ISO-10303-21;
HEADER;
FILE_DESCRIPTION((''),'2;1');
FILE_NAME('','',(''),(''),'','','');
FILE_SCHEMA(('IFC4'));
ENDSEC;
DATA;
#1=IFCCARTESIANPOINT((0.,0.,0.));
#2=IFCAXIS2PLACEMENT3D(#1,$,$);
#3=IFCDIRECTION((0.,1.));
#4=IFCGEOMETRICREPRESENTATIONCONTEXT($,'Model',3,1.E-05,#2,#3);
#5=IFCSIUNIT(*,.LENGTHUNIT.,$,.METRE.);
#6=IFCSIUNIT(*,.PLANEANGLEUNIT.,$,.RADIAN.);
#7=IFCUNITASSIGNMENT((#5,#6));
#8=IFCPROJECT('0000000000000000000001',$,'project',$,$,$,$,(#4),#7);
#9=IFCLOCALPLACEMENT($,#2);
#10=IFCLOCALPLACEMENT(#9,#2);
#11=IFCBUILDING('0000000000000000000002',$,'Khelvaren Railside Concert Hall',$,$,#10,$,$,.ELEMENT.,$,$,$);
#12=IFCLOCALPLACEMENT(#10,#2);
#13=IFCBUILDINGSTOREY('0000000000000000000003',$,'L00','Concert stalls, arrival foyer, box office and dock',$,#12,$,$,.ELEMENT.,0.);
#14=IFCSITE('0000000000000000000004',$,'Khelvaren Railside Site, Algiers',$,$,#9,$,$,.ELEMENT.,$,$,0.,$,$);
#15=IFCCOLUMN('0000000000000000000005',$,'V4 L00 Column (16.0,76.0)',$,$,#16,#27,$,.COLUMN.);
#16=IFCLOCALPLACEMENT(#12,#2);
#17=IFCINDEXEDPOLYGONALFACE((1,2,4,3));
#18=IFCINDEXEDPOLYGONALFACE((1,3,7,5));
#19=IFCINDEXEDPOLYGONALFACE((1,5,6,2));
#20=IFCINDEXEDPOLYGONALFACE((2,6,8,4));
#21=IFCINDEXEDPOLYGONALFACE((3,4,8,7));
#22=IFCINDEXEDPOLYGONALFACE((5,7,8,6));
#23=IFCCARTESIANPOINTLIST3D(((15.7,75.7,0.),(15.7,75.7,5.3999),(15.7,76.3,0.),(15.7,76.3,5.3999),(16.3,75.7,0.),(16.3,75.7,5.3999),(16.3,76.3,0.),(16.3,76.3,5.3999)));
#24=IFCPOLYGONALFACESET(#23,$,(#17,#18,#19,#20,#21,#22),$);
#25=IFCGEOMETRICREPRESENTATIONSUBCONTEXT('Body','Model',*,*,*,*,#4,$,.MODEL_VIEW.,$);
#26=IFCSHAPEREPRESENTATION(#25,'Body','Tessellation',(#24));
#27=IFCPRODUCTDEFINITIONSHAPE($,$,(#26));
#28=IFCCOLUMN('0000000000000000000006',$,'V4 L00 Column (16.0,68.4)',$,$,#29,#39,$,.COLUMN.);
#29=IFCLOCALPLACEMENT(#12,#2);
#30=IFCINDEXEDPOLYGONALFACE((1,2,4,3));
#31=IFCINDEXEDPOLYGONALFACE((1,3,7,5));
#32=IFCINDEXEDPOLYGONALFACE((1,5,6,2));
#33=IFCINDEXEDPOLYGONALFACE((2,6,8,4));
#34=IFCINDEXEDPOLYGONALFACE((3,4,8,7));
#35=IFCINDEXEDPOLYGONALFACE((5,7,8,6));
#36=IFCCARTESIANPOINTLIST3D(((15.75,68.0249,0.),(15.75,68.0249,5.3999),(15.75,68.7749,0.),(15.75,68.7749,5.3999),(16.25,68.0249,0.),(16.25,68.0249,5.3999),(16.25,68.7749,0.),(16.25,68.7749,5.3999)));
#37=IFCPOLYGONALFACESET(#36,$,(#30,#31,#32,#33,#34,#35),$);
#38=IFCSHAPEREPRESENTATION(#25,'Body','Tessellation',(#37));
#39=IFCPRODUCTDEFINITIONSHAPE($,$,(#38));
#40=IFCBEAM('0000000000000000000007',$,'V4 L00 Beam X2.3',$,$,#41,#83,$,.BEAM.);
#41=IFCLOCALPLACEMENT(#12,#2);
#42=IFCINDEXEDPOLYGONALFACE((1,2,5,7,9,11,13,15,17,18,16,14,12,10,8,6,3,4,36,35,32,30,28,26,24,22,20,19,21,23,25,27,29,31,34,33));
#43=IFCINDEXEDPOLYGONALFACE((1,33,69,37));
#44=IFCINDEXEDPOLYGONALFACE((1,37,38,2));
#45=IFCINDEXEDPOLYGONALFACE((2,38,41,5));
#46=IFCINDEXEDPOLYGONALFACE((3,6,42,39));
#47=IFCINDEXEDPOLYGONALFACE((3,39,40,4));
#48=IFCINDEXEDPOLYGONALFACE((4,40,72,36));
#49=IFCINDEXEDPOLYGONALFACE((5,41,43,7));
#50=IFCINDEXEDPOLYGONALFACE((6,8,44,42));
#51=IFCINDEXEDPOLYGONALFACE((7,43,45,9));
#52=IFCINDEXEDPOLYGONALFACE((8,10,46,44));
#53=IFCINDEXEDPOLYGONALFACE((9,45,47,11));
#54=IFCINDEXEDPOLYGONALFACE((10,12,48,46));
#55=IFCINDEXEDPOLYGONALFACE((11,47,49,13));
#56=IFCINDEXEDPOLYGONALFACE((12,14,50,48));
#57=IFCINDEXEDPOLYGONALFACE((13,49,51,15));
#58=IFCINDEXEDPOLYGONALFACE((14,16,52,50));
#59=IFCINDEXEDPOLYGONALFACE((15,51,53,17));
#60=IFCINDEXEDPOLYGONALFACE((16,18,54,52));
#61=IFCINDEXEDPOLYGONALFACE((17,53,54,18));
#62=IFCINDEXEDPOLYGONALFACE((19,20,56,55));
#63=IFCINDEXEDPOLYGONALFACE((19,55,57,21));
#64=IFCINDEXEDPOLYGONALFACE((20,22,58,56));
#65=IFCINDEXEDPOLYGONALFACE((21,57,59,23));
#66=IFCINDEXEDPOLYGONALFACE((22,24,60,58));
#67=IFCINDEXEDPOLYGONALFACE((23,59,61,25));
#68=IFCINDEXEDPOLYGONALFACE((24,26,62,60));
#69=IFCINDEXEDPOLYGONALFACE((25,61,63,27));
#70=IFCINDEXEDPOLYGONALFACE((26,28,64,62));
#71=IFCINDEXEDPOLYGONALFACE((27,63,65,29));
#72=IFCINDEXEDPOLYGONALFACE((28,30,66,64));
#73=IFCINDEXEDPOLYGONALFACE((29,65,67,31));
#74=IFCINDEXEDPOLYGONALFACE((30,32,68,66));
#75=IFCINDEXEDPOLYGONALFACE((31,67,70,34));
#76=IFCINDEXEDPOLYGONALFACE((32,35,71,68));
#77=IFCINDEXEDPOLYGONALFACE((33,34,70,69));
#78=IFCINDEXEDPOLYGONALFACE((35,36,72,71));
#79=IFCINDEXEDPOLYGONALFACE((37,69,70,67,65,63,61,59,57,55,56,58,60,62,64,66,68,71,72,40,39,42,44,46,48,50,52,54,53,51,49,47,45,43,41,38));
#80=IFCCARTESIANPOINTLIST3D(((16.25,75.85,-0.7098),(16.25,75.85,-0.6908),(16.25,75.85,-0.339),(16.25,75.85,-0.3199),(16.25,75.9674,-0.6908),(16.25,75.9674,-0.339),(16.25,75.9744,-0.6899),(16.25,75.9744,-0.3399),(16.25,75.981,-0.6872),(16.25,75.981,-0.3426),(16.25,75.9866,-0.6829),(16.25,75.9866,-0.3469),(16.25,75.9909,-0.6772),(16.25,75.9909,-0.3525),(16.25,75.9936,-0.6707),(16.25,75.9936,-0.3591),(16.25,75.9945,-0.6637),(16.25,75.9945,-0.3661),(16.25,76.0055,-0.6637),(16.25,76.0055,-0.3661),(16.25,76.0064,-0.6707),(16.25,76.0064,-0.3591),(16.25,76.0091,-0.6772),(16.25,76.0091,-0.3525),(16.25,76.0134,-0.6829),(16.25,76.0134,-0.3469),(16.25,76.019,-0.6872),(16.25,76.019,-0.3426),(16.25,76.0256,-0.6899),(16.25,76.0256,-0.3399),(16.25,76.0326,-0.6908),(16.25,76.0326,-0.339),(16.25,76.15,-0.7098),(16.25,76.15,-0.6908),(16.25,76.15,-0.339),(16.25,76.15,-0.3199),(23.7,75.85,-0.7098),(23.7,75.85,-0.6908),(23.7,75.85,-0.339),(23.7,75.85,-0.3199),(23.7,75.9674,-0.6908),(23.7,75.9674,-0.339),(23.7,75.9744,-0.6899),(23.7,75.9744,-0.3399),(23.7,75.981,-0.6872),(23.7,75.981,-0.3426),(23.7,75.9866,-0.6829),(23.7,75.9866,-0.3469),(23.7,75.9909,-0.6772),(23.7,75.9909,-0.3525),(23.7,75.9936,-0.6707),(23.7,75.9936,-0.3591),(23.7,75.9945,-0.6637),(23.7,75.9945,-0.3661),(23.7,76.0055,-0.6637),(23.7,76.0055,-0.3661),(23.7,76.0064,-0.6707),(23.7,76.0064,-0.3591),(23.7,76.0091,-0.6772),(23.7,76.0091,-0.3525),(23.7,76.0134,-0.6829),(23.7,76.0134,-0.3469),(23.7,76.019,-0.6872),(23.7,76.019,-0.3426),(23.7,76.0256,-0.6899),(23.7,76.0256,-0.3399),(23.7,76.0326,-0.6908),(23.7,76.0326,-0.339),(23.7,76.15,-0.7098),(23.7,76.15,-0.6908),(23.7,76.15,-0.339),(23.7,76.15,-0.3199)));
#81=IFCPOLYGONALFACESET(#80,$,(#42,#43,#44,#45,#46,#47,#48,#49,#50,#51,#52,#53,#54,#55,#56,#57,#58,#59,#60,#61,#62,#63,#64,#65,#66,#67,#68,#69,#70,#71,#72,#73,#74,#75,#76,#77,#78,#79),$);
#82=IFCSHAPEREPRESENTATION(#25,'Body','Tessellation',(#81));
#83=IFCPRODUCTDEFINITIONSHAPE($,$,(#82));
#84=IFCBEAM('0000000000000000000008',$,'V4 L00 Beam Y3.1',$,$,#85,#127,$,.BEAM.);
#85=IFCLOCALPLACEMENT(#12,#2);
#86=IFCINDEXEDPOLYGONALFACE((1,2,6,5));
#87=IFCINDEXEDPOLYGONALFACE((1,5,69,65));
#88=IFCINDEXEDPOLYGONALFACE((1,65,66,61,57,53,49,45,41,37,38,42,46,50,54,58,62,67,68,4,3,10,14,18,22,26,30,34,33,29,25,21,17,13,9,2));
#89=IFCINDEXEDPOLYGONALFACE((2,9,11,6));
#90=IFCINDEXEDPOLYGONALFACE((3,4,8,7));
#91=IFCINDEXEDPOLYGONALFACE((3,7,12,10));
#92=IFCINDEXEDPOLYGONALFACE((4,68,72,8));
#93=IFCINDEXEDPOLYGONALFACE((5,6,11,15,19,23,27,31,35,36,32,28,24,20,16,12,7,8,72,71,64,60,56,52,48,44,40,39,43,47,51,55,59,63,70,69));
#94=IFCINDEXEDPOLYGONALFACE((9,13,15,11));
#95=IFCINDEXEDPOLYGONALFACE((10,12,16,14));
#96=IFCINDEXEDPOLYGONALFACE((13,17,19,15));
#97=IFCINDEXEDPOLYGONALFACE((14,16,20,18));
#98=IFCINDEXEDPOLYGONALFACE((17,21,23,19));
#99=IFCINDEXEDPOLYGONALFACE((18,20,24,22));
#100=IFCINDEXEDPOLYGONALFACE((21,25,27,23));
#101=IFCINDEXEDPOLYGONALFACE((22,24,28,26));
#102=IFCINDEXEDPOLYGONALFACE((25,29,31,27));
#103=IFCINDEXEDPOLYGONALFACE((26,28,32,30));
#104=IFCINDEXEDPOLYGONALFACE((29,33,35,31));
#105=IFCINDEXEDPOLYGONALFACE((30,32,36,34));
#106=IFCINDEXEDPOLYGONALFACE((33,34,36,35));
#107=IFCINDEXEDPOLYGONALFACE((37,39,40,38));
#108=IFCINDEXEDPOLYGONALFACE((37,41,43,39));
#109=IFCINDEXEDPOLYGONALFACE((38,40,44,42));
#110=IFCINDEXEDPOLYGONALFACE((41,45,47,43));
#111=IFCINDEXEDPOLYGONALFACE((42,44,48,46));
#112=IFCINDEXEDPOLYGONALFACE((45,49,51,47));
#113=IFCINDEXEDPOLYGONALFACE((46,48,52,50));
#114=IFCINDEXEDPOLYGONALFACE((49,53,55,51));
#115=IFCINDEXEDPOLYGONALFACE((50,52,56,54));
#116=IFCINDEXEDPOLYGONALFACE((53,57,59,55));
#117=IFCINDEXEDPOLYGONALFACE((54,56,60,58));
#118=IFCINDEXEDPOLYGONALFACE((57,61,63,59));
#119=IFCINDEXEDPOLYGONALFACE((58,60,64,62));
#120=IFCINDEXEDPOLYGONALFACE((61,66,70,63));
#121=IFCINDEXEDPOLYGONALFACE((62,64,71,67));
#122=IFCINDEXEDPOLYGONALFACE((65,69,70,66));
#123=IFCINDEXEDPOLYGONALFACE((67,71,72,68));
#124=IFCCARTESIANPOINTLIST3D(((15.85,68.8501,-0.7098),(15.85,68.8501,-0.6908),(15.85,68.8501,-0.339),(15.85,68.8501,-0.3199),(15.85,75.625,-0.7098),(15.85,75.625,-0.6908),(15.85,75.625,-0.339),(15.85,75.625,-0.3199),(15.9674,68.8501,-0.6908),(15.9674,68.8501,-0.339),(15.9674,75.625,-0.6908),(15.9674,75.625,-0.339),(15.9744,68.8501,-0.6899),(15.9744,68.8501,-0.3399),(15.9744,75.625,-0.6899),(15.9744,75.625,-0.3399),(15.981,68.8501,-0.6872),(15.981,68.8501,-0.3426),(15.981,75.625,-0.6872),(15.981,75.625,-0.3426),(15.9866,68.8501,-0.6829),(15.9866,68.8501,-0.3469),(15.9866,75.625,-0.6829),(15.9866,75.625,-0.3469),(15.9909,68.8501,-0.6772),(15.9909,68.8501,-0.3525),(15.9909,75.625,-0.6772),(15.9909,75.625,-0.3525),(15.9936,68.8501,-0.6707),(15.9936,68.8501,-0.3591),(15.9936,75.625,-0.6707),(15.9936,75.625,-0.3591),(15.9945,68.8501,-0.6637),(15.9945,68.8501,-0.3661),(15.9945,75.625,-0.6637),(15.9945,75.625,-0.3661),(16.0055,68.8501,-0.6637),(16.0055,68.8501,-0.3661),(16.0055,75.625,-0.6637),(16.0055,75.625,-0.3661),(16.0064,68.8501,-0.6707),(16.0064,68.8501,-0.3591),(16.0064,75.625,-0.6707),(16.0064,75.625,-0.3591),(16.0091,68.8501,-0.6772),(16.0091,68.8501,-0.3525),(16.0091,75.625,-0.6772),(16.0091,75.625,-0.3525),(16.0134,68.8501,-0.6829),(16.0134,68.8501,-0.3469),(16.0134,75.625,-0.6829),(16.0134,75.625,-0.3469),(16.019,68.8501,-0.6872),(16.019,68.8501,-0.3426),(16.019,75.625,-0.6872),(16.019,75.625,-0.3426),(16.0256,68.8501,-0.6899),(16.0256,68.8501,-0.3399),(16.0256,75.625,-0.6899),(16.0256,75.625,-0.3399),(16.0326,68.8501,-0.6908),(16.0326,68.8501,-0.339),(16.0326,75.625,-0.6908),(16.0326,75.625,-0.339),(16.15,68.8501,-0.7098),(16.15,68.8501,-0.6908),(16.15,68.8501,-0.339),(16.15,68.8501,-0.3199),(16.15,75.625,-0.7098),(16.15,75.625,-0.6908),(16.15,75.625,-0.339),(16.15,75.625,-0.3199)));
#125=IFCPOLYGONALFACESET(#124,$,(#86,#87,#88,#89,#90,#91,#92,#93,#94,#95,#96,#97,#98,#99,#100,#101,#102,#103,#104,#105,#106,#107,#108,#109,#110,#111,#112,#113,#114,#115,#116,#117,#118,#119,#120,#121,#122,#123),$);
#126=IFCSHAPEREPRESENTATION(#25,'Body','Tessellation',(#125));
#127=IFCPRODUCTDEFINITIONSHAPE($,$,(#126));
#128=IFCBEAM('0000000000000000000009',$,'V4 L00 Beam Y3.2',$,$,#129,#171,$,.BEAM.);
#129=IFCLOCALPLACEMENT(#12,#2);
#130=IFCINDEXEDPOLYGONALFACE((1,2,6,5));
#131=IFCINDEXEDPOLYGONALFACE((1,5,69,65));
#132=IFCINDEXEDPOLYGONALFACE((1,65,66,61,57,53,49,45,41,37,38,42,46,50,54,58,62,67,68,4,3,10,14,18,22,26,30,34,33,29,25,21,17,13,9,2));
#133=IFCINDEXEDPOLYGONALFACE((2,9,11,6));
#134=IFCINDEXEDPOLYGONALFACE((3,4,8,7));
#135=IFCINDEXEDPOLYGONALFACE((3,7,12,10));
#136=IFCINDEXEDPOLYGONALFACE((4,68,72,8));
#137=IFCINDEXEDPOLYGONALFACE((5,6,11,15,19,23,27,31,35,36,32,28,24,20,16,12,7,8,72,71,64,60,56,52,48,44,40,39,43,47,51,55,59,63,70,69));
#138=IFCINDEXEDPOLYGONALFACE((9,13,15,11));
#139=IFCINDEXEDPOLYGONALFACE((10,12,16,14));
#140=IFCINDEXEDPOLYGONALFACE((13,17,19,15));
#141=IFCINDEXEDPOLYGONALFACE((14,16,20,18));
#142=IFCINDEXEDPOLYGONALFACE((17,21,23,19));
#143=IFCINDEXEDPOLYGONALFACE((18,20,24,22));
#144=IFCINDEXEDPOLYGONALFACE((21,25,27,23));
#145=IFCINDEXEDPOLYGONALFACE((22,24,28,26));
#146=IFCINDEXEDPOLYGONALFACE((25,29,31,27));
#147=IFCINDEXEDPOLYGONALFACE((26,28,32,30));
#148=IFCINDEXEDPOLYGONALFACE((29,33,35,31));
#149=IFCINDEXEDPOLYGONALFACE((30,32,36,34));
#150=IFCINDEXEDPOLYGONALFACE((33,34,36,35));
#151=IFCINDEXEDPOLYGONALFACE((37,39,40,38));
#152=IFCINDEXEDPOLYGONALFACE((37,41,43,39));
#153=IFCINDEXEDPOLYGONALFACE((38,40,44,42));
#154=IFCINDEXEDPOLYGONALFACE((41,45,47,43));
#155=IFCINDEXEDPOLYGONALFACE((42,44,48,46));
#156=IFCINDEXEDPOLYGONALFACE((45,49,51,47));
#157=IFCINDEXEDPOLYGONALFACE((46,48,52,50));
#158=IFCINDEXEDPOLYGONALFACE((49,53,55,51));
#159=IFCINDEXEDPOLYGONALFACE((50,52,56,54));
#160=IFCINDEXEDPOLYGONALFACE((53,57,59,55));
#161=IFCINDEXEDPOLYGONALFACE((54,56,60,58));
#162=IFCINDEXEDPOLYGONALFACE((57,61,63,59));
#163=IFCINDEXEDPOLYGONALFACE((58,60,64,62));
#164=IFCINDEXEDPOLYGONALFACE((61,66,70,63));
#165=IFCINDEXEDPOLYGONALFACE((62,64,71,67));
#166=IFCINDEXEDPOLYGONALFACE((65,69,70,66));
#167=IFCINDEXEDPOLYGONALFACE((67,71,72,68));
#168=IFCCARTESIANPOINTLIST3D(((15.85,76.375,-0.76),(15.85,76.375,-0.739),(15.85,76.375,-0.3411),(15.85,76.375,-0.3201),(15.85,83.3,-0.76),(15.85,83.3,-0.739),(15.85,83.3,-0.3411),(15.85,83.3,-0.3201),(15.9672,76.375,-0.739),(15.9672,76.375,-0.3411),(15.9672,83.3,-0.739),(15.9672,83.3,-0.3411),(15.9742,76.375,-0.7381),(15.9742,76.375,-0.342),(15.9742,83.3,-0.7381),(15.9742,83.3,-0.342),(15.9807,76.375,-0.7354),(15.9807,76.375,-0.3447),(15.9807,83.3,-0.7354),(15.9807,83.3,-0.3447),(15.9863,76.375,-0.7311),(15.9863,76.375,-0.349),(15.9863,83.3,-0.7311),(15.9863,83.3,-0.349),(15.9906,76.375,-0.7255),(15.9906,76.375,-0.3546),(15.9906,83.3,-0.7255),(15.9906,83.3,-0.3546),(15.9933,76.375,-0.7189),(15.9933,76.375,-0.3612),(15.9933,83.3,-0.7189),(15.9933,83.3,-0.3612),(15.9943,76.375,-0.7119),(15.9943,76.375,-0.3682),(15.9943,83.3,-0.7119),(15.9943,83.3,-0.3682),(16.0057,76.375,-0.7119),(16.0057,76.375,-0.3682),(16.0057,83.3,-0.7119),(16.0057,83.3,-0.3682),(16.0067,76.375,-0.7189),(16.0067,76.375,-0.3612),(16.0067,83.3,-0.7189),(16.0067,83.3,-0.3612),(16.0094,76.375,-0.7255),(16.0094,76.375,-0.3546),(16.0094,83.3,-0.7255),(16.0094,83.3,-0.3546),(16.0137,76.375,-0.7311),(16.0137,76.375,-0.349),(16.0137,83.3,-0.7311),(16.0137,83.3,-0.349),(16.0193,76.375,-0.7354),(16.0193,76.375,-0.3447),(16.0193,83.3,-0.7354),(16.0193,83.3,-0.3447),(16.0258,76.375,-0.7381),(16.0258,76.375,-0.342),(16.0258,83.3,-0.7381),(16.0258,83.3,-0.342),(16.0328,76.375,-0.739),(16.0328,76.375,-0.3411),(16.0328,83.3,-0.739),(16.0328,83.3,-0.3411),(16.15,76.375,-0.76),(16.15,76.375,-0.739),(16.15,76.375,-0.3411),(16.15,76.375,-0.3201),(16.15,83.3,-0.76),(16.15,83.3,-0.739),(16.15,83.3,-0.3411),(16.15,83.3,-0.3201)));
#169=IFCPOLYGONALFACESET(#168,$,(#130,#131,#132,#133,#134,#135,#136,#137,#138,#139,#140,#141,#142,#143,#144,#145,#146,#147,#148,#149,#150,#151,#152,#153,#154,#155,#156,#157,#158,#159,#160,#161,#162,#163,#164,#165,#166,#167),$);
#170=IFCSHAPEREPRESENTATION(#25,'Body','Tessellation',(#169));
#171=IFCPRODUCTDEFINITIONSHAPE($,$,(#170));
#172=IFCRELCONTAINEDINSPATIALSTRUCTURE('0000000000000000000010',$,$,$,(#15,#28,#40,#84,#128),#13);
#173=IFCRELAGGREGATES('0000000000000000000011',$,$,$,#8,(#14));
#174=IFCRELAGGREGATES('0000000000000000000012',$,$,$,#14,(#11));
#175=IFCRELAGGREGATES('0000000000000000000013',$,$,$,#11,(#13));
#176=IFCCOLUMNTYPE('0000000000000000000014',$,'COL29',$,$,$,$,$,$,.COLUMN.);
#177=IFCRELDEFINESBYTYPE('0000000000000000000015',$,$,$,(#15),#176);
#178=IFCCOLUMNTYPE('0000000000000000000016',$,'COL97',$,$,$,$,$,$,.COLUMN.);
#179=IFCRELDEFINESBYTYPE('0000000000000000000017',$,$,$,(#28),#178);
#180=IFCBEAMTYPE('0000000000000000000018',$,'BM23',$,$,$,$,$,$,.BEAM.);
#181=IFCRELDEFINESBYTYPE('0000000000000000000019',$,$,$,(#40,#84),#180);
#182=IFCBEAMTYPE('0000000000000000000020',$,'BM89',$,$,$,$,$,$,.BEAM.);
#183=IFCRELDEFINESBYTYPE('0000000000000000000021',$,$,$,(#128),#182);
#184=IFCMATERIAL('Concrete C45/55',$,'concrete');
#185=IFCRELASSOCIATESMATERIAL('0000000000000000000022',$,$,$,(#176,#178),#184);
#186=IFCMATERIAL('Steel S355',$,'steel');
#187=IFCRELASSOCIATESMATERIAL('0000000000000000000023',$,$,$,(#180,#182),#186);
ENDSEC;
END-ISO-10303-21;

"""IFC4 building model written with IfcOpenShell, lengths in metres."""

from ifc_helpers import new_model, si_unit, direction, frame, origin, origin_2d, place, context, subcontext, project, spatial, rectangle, i_section, extrude, material, material_profile, profile_set, type_object, element, save


model = new_model("IFC4")

# Units and contexts
model_context = context("Model", 3, precision=1e-05, world=origin(), true_north=direction((0.0, 1.0)))
body_context = subcontext(model_context, "Body", "Model", "MODEL_VIEW")
ifc_project = project(units=[si_unit("LENGTHUNIT", "METRE"), si_unit("PLANEANGLEUNIT", "RADIAN")], contexts=[model_context])

# Site, building, storey
site_placement = place(None, origin())
site = spatial("IfcSite", under=ifc_project, at=site_placement, Name="Khelvaren Railside Site, Algiers", CompositionType="ELEMENT", RefElevation=0.0)
building_placement = place(site_placement, origin())
building = spatial("IfcBuilding", under=site, at=building_placement, Name="Khelvaren Railside Concert Hall", CompositionType="ELEMENT")
storey_placement = place(building_placement, origin())
storey = spatial("IfcBuildingStorey", under=building, at=storey_placement, Name="L00", Description="Concert stalls, arrival foyer, box office and dock", CompositionType="ELEMENT", Elevation=0.0)

# Columns
ifc_material_1 = material(Name="Concrete C45/55", Category="concrete")
ifc_material_profile_1 = material_profile(ifc_material_1, rectangle(XDim=0.6001, YDim=0.6001, at=origin_2d()), Name="RC 600x600")
ifc_profile_set_1 = profile_set([ifc_material_profile_1], Name="Concrete C45/55")
column_type_1 = type_object("IfcColumnType", Name="COL29", PredefinedType="COLUMN", material=ifc_profile_set_1)
column_1_placement = place(storey_placement, frame((16.0, 76.0, 0.0), z_axis=(0.0, 0.0, 1.0), x_axis=(1.0, 0.0, 0.0)))
element("IfcColumn", 1, at=column_1_placement, inside=storey, type_object=column_type_1, Name="V4 L00 Column (16.0,76.0)", PredefinedType="COLUMN", context=body_context, shape_type="SweptSolid", body=[
    extrude(rectangle(XDim=0.6001, YDim=0.6001, at=origin_2d()), origin(), (0.0, 0.0, 1.0), 5.3999),
])
ifc_material_profile_2 = material_profile(ifc_material_1, rectangle(XDim=0.5, YDim=0.75, at=origin_2d()), Name="RC 500x750")
ifc_profile_set_2 = profile_set([ifc_material_profile_2], Name="Concrete C45/55")
column_type_2 = type_object("IfcColumnType", Name="COL97", PredefinedType="COLUMN", material=ifc_profile_set_2)
column_2_placement = place(storey_placement, frame((16.0, 68.3999, 0.0), z_axis=(0.0, 0.0, 1.0), x_axis=(1.0, 0.0, 0.0)))
element("IfcColumn", 2, at=column_2_placement, inside=storey, type_object=column_type_2, Name="V4 L00 Column (16.0,68.4)", PredefinedType="COLUMN", context=body_context, shape_type="SweptSolid", body=[
    extrude(rectangle(XDim=0.5, YDim=0.75, at=origin_2d()), origin(), (0.0, 0.0, 1.0), 5.3999),
])

# Beams
ifc_material_2 = material(Name="Steel S355", Category="steel")
ifc_material_profile_3 = material_profile(ifc_material_2, i_section(OverallWidth=0.3, OverallDepth=0.3899, WebThickness=0.011, FlangeThickness=0.019, FilletRadius=0.0271, at=origin_2d()), Name="HEA 400")
ifc_profile_set_3 = profile_set([ifc_material_profile_3], Name="Steel S355")
beam_type_1 = type_object("IfcBeamType", Name="BM23", PredefinedType="BEAM", material=ifc_profile_set_3)
beam_1_placement = place(storey_placement, frame((16.25, 76.0, -0.5149), z_axis=(1.0, 0.0, 0.0), x_axis=(0.0, 1.0, 0.0)))
element("IfcBeam", 3, at=beam_1_placement, inside=storey, type_object=beam_type_1, Name="V4 L00 Beam X2.3", PredefinedType="BEAM", context=body_context, shape_type="SweptSolid", body=[
    extrude(i_section(OverallWidth=0.3, OverallDepth=0.3899, WebThickness=0.011, FlangeThickness=0.019, FilletRadius=0.0271, at=origin_2d()), origin(), (0.0, 0.0, 1.0), 7.45),
])
beam_2_placement = place(storey_placement, frame((16.0, 68.8501, -0.5149), z_axis=(0.0, 1.0, 0.0), x_axis=(-1.0, 0.0, 0.0)))
element("IfcBeam", 4, at=beam_2_placement, inside=storey, type_object=beam_type_1, Name="V4 L00 Beam Y3.1", PredefinedType="BEAM", context=body_context, shape_type="SweptSolid", body=[
    extrude(i_section(OverallWidth=0.3, OverallDepth=0.3899, WebThickness=0.011, FlangeThickness=0.019, FilletRadius=0.0271, at=origin_2d()), origin(), (0.0, 0.0, 1.0), 6.7749),
])
ifc_material_profile_4 = material_profile(ifc_material_2, i_section(OverallWidth=0.3, OverallDepth=0.4399, WebThickness=0.0115, FlangeThickness=0.021, FilletRadius=0.0271, at=origin_2d()), Name="HEA 450")
ifc_profile_set_4 = profile_set([ifc_material_profile_4], Name="Steel S355")
beam_type_2 = type_object("IfcBeamType", Name="BM89", PredefinedType="BEAM", material=ifc_profile_set_4)
beam_3_placement = place(storey_placement, frame((16.0, 76.375, -0.54), z_axis=(0.0, 1.0, 0.0), x_axis=(-1.0, 0.0, 0.0)))
element("IfcBeam", 5, at=beam_3_placement, inside=storey, type_object=beam_type_2, Name="V4 L00 Beam Y3.2", PredefinedType="BEAM", context=body_context, shape_type="SweptSolid", body=[
    extrude(i_section(OverallWidth=0.3, OverallDepth=0.4399, WebThickness=0.0115, FlangeThickness=0.021, FilletRadius=0.0271, at=origin_2d()), origin(), (0.0, 0.0, 1.0), 6.925),
])

save(model, "model.ifc")
